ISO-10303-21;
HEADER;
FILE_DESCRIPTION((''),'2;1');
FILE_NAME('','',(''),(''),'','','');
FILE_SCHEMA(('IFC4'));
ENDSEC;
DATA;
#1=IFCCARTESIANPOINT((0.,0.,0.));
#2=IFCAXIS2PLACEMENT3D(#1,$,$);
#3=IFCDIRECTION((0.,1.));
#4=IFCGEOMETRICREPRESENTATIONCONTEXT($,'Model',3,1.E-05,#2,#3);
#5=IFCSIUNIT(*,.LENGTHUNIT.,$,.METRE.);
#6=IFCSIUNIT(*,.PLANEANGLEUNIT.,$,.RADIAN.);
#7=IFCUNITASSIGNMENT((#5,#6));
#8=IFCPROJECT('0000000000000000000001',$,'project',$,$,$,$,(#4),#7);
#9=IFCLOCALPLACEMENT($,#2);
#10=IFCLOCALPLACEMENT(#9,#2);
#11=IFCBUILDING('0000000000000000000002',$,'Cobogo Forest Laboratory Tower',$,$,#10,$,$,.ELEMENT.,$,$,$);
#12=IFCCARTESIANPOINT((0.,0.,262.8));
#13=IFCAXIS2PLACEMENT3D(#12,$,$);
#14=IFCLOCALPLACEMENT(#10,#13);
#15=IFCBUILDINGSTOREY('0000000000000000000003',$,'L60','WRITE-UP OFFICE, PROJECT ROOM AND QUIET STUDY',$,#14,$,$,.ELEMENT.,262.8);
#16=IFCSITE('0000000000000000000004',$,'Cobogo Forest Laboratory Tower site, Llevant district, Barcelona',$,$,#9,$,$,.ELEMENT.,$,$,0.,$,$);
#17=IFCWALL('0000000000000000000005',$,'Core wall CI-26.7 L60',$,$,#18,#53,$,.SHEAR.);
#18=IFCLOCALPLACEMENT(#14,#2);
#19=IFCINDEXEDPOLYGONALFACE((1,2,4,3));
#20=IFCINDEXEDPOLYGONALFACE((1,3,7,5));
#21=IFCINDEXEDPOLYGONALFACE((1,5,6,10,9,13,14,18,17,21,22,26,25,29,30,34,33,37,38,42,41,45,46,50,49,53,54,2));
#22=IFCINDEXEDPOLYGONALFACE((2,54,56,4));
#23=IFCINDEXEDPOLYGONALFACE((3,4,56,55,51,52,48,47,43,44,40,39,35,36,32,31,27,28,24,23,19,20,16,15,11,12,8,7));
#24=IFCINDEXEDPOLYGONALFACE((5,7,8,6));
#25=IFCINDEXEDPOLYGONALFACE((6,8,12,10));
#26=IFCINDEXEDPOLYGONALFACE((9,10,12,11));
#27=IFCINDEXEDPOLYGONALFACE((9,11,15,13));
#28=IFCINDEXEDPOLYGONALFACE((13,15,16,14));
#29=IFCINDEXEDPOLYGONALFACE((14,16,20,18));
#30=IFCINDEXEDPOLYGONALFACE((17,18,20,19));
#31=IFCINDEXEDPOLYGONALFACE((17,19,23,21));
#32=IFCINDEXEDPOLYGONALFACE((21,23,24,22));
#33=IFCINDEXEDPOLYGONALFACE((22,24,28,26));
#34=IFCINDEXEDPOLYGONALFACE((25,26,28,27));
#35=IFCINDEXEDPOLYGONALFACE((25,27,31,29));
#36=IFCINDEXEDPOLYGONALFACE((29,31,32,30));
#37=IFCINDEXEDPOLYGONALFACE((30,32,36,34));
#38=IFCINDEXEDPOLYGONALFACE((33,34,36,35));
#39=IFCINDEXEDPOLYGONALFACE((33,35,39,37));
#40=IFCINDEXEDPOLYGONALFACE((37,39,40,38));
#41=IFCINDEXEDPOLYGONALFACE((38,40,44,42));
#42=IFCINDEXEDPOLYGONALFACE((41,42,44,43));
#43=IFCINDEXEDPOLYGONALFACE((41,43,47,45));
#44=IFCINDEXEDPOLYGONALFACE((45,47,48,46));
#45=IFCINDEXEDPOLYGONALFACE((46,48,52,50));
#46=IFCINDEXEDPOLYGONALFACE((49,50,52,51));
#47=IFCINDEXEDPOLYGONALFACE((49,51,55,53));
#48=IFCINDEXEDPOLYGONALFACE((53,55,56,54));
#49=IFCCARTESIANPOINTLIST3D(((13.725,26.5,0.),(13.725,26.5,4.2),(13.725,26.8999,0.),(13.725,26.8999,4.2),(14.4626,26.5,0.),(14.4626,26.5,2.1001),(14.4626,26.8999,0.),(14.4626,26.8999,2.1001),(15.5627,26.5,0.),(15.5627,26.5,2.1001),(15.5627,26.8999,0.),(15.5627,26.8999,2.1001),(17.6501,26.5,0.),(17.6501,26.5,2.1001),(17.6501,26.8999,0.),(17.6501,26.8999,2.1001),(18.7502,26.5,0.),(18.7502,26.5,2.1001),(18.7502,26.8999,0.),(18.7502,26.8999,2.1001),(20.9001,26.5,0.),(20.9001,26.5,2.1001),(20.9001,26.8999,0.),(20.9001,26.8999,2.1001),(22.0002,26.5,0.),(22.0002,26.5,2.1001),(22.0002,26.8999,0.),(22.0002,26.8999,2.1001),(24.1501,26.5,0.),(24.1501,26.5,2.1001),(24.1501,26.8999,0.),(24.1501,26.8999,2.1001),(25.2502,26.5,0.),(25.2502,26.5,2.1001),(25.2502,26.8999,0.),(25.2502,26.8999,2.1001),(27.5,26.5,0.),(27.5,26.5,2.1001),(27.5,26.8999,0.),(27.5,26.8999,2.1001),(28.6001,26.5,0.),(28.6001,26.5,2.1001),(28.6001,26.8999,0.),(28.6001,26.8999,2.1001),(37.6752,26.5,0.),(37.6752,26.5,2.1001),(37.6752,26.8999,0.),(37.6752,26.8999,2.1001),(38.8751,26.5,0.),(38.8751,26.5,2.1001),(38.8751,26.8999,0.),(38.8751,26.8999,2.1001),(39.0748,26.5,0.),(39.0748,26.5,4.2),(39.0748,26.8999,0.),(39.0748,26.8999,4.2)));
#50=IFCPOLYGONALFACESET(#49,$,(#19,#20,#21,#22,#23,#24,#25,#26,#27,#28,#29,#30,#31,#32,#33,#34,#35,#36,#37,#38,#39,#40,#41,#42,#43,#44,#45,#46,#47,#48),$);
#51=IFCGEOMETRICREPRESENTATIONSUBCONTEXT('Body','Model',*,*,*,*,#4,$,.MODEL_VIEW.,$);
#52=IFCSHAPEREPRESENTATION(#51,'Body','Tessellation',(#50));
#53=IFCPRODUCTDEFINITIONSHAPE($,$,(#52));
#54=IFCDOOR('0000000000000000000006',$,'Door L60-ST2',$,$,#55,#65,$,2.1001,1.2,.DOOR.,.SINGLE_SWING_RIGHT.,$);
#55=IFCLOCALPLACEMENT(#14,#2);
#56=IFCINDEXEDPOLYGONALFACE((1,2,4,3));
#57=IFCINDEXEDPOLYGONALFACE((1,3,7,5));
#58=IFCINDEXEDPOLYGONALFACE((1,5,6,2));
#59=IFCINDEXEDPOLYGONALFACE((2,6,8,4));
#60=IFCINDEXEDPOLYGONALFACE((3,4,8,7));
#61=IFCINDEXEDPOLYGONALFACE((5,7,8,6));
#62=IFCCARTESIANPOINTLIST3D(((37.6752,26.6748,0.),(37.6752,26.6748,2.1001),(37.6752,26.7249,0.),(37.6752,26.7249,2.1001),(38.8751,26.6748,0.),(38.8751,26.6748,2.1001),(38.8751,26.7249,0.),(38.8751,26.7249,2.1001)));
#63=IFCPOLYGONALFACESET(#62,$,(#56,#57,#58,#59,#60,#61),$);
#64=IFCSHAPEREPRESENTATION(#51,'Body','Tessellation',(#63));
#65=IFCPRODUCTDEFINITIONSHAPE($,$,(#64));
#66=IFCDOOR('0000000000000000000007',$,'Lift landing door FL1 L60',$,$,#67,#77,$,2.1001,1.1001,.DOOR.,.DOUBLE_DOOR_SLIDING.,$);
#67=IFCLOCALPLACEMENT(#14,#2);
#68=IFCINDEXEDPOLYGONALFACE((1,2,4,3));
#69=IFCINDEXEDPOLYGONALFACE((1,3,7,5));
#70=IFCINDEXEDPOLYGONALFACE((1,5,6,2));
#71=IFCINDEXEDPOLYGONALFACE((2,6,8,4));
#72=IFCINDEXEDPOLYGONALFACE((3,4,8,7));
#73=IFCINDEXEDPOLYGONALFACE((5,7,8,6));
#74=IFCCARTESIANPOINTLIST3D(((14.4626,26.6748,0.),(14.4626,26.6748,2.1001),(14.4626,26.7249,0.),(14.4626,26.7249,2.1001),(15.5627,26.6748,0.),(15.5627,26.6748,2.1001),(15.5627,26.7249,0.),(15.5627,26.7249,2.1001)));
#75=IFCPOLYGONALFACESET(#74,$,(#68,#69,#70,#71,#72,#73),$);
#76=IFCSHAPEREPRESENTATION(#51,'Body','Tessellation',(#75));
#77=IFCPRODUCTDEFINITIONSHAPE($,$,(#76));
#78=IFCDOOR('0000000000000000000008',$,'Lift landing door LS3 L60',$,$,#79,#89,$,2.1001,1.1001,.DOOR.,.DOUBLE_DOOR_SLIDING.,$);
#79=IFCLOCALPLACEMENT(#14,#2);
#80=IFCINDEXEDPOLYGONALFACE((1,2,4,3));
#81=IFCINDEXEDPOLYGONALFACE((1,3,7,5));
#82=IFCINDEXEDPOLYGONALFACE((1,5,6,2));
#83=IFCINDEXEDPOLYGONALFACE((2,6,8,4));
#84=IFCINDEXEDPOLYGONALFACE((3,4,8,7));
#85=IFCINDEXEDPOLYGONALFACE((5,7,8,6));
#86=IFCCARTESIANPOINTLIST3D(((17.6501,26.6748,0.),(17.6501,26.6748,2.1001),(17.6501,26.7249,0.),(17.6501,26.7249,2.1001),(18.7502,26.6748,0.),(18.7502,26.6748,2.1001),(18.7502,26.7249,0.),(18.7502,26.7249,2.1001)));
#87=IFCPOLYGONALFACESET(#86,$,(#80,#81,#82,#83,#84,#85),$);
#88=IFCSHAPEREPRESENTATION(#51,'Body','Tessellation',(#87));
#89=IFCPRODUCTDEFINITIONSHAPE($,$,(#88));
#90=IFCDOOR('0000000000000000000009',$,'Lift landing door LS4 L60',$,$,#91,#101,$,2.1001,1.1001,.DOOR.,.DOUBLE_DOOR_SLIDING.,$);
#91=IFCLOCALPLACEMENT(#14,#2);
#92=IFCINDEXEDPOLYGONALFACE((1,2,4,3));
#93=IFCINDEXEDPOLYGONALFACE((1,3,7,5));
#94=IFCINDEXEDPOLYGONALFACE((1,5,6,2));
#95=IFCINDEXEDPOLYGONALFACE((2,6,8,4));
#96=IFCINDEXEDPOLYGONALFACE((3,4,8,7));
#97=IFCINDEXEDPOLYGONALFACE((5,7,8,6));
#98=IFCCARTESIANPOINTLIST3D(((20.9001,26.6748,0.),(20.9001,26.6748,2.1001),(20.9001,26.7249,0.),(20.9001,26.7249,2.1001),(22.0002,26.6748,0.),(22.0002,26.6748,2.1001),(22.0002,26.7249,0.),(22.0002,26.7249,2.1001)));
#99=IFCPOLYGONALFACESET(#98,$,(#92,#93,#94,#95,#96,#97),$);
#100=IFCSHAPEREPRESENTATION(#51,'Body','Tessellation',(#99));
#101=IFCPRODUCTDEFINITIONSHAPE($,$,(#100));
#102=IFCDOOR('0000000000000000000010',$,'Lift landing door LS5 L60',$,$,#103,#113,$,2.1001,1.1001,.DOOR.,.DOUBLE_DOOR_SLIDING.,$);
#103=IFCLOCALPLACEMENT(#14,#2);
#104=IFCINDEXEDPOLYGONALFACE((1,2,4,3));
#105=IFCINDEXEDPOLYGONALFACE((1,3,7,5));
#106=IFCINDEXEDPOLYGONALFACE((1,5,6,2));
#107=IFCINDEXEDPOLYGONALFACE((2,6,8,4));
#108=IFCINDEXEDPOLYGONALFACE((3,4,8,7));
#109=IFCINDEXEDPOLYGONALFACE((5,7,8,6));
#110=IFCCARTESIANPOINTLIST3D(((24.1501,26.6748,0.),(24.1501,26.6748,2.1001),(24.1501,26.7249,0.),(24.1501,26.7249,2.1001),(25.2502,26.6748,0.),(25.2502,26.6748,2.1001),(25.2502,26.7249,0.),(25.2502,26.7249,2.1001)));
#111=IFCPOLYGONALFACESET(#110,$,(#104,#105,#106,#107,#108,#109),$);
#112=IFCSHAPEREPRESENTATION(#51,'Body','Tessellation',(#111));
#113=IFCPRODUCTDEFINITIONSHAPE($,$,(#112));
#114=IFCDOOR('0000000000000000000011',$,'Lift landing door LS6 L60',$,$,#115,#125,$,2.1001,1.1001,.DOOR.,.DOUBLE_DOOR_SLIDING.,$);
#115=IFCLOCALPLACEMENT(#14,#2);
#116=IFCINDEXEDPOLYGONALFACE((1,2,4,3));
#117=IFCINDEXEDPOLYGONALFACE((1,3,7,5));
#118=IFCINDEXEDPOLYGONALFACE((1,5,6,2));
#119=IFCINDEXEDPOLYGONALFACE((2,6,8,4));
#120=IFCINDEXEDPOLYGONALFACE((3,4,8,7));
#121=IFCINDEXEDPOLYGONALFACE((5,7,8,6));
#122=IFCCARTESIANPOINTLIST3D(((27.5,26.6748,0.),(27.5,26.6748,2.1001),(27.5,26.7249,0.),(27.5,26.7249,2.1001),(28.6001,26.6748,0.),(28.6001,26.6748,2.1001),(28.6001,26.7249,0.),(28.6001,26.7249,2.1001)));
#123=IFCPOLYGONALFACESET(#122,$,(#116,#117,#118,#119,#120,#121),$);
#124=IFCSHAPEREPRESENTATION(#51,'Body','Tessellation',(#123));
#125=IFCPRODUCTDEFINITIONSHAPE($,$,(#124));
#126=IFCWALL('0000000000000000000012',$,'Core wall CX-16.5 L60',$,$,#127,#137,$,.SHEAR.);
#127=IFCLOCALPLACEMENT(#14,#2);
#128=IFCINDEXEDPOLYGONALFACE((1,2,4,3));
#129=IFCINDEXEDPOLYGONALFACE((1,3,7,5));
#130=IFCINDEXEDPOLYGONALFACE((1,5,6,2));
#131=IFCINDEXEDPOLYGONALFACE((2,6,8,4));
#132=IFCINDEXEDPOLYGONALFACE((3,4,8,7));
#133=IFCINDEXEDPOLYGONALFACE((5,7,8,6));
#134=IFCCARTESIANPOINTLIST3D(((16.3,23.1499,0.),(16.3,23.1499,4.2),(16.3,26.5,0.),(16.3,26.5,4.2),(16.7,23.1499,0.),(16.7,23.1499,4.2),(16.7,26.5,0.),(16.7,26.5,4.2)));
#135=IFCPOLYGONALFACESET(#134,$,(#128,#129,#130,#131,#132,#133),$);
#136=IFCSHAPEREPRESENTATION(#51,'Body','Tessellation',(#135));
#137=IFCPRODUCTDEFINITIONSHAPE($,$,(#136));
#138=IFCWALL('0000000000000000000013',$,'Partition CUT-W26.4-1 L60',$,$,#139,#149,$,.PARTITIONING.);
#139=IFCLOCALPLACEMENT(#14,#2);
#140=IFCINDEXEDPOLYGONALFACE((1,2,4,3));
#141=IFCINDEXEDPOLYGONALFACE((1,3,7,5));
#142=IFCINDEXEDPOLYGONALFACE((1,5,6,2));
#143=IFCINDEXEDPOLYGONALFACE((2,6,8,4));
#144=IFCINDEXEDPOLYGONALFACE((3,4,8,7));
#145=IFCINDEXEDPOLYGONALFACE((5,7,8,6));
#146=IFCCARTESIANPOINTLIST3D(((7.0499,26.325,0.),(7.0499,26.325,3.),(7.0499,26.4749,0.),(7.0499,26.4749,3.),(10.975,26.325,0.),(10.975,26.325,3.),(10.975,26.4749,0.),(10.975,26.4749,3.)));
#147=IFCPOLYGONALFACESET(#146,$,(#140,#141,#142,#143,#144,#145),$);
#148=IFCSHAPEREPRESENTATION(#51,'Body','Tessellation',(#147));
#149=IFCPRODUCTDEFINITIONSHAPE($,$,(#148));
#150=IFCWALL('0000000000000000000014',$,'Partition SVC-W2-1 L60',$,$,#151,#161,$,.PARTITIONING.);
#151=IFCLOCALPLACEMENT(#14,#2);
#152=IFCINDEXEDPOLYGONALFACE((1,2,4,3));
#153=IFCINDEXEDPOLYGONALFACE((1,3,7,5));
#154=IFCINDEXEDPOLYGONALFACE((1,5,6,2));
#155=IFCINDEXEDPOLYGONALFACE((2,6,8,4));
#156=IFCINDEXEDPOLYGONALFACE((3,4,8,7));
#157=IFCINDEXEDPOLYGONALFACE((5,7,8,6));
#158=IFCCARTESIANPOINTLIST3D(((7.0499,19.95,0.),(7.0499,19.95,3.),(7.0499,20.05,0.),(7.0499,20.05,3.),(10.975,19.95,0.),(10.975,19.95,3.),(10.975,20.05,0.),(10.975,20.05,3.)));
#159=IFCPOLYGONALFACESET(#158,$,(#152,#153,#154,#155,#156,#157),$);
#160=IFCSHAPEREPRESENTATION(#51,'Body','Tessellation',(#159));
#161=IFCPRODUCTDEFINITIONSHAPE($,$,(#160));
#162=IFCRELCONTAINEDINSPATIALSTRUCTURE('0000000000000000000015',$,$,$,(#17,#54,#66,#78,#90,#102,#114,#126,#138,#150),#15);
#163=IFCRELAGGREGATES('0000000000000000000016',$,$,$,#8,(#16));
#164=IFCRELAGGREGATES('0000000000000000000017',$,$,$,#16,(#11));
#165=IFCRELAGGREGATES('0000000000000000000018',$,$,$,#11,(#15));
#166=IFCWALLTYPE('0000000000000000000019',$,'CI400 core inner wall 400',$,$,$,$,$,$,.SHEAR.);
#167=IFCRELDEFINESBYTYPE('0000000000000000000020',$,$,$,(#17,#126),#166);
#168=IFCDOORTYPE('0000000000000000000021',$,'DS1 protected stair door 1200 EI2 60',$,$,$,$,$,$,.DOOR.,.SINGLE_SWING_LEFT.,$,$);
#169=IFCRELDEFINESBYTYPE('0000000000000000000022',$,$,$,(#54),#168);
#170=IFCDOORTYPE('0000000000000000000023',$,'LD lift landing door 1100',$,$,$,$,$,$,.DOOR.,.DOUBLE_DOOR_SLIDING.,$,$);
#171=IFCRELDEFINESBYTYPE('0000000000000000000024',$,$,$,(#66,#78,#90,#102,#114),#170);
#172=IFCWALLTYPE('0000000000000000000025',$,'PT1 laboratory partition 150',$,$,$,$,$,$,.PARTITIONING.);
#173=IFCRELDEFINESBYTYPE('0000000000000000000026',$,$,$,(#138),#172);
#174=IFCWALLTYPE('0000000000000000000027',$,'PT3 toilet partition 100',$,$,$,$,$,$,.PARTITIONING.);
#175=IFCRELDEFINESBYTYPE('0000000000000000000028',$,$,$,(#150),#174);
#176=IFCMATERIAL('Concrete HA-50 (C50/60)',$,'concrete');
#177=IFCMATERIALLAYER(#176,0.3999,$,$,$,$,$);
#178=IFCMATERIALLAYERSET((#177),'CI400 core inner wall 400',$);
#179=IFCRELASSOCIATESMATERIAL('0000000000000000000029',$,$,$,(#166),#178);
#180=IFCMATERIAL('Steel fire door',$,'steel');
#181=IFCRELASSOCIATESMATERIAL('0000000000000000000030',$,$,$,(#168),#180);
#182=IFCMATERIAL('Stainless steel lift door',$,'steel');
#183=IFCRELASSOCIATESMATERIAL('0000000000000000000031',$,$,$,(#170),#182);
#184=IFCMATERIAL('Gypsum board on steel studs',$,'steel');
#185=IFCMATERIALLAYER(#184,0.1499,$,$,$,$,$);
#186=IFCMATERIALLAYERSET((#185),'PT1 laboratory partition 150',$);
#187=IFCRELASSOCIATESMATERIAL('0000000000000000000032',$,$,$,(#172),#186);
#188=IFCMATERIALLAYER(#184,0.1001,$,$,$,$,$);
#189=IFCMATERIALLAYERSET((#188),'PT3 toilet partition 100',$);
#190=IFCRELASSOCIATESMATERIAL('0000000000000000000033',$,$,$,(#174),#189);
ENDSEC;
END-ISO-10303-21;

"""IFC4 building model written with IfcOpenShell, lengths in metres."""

from ifc_helpers import new_model, si_unit, direction, frame, frame_2d, origin, place, context, subcontext, project, spatial, rectangle, extrude, material, layer, layer_set, type_object, element, fill, save


model = new_model("IFC4")

# Units and contexts
model_context = context("Model", 3, precision=1e-05, world=origin(), true_north=direction((0.0, 1.0)))
body_context = subcontext(model_context, "Body", "Model", "MODEL_VIEW")
ifc_project = project(units=[si_unit("LENGTHUNIT", "METRE"), si_unit("PLANEANGLEUNIT", "RADIAN")], contexts=[model_context])

# Site, building, storey
site_placement = place(None, origin())
site = spatial("IfcSite", under=ifc_project, at=site_placement, Name="Cobogo Forest Laboratory Tower site, Llevant district, Barcelona", CompositionType="ELEMENT", RefElevation=0.0)
building_placement = place(site_placement, origin())
building = spatial("IfcBuilding", under=site, at=building_placement, Name="Cobogo Forest Laboratory Tower", CompositionType="ELEMENT")
storey_placement = place(building_placement, frame((0.0, 0.0, 262.8)))
storey = spatial("IfcBuildingStorey", under=building, at=storey_placement, Name="L60", Description="WRITE-UP OFFICE, PROJECT ROOM AND QUIET STUDY", CompositionType="ELEMENT", Elevation=262.8)

# Shared definitions
ifc_material_1 = material(Name="Concrete HA-50 (C50/60)", Category="concrete")

# Shared definitions
ifc_layer_1 = layer(ifc_material_1, 0.3999)
ifc_layer_set_1 = layer_set([ifc_layer_1], Name="CI400 core inner wall 400")
wall_type_1 = type_object("IfcWallType", Name="CI400 core inner wall 400", PredefinedType="SHEAR", material=ifc_layer_set_1)

# Wall, openings, doors
wall_1_placement = place(storey_placement, frame((13.7251, 26.7, 0.0), z_axis=(0.0, 0.0, 1.0), x_axis=(1.0, 0.0, 0.0)))
wall_1 = element("IfcWall", 1, at=wall_1_placement, inside=storey, type_object=wall_type_1, Name="Core wall CI-26.7 L60", PredefinedType="SHEAR", context=body_context, shape_type="SweptSolid", body=[
    extrude(rectangle(XDim=25.3499, YDim=0.3999, at=frame_2d((12.6748, 0.0))), origin(), (0.0, 0.0, 1.0), 4.2),
])
opening_1_placement = place(wall_1_placement, frame((23.95, 0.0, 0.0)))
opening_1 = element("IfcOpeningElement", 2, at=opening_1_placement, cuts=wall_1, PredefinedType="OPENING", context=body_context, shape_type="SweptSolid", body=[
    extrude(rectangle(XDim=1.2, YDim=2.1001, at=frame_2d((0.6001, 1.05))), frame((0.0, 0.21, 0.0), z_axis=(0.0, -1.0, 0.0), x_axis=(1.0, 0.0, 0.0)), (0.0, 0.0, 1.0), 0.4199),
])
opening_2_placement = place(wall_1_placement, frame((0.7375, 0.0, 0.0)))
opening_2 = element("IfcOpeningElement", 3, at=opening_2_placement, cuts=wall_1, PredefinedType="OPENING", context=body_context, shape_type="SweptSolid", body=[
    extrude(rectangle(XDim=1.1001, YDim=2.1001, at=frame_2d((0.55, 1.05))), frame((0.0, 0.21, 0.0), z_axis=(0.0, -1.0, 0.0), x_axis=(1.0, 0.0, 0.0)), (0.0, 0.0, 1.0), 0.4199),
])
opening_3_placement = place(wall_1_placement, frame((3.925, 0.0, 0.0)))
opening_3 = element("IfcOpeningElement", 4, at=opening_3_placement, cuts=wall_1, PredefinedType="OPENING", context=body_context, shape_type="SweptSolid", body=[
    extrude(rectangle(XDim=1.1001, YDim=2.1001, at=frame_2d((0.55, 1.05))), frame((0.0, 0.21, 0.0), z_axis=(0.0, -1.0, 0.0), x_axis=(1.0, 0.0, 0.0)), (0.0, 0.0, 1.0), 0.4199),
])
opening_4_placement = place(wall_1_placement, frame((7.175, 0.0, 0.0)))
opening_4 = element("IfcOpeningElement", 5, at=opening_4_placement, cuts=wall_1, PredefinedType="OPENING", context=body_context, shape_type="SweptSolid", body=[
    extrude(rectangle(XDim=1.1001, YDim=2.1001, at=frame_2d((0.55, 1.05))), frame((0.0, 0.21, 0.0), z_axis=(0.0, -1.0, 0.0), x_axis=(1.0, 0.0, 0.0)), (0.0, 0.0, 1.0), 0.4199),
])
opening_5_placement = place(wall_1_placement, frame((10.425, 0.0, 0.0)))
opening_5 = element("IfcOpeningElement", 6, at=opening_5_placement, cuts=wall_1, PredefinedType="OPENING", context=body_context, shape_type="SweptSolid", body=[
    extrude(rectangle(XDim=1.1001, YDim=2.1001, at=frame_2d((0.55, 1.05))), frame((0.0, 0.21, 0.0), z_axis=(0.0, -1.0, 0.0), x_axis=(1.0, 0.0, 0.0)), (0.0, 0.0, 1.0), 0.4199),
])
opening_6_placement = place(wall_1_placement, frame((13.7749, 0.0, 0.0)))
opening_6 = element("IfcOpeningElement", 7, at=opening_6_placement, cuts=wall_1, PredefinedType="OPENING", context=body_context, shape_type="SweptSolid", body=[
    extrude(rectangle(XDim=1.1001, YDim=2.1001, at=frame_2d((0.55, 1.05))), frame((0.0, 0.21, 0.0), z_axis=(0.0, -1.0, 0.0), x_axis=(1.0, 0.0, 0.0)), (0.0, 0.0, 1.0), 0.4199),
])
ifc_material_2 = material(Name="Steel fire door", Category="steel")
door_type_1 = type_object("IfcDoorType", Name="DS1 protected stair door 1200 EI2 60", OperationType="SINGLE_SWING_LEFT", PredefinedType="DOOR", material=ifc_material_2)
door_1_placement = place(opening_1_placement, origin())
door_1 = element("IfcDoor", 8, at=door_1_placement, inside=storey, type_object=door_type_1, Name="Door L60-ST2", OperationType="SINGLE_SWING_RIGHT", OverallHeight=2.1001, OverallWidth=1.2, PredefinedType="DOOR", context=body_context, shape_type="SweptSolid", body=[
    extrude(rectangle(XDim=1.2, YDim=2.1001, at=frame_2d((0.6001, 1.05))), frame((0.0, 0.0249, 0.0), z_axis=(0.0, -1.0, 0.0), x_axis=(1.0, 0.0, 0.0)), (0.0, 0.0, 1.0), 0.05),
])
fill(opening_1, door_1)
ifc_material_3 = material(Name="Stainless steel lift door", Category="steel")
door_type_2 = type_object("IfcDoorType", Name="LD lift landing door 1100", OperationType="DOUBLE_DOOR_SLIDING", PredefinedType="DOOR", material=ifc_material_3)
door_2_placement = place(opening_2_placement, origin())
door_2 = element("IfcDoor", 9, at=door_2_placement, inside=storey, type_object=door_type_2, Name="Lift landing door FL1 L60", OperationType="DOUBLE_DOOR_SLIDING", OverallHeight=2.1001, OverallWidth=1.1001, PredefinedType="DOOR", context=body_context, shape_type="SweptSolid", body=[
    extrude(rectangle(XDim=1.1001, YDim=2.1001, at=frame_2d((0.55, 1.05))), frame((0.0, 0.0249, 0.0), z_axis=(0.0, -1.0, 0.0), x_axis=(1.0, 0.0, 0.0)), (0.0, 0.0, 1.0), 0.05),
])
fill(opening_2, door_2)
door_3_placement = place(opening_3_placement, origin())
door_3 = element("IfcDoor", 10, at=door_3_placement, inside=storey, type_object=door_type_2, Name="Lift landing door LS3 L60", OperationType="DOUBLE_DOOR_SLIDING", OverallHeight=2.1001, OverallWidth=1.1001, PredefinedType="DOOR", context=body_context, shape_type="SweptSolid", body=[
    extrude(rectangle(XDim=1.1001, YDim=2.1001, at=frame_2d((0.55, 1.05))), frame((0.0, 0.0249, 0.0), z_axis=(0.0, -1.0, 0.0), x_axis=(1.0, 0.0, 0.0)), (0.0, 0.0, 1.0), 0.05),
])
fill(opening_3, door_3)
door_4_placement = place(opening_4_placement, origin())
door_4 = element("IfcDoor", 11, at=door_4_placement, inside=storey, type_object=door_type_2, Name="Lift landing door LS4 L60", OperationType="DOUBLE_DOOR_SLIDING", OverallHeight=2.1001, OverallWidth=1.1001, PredefinedType="DOOR", context=body_context, shape_type="SweptSolid", body=[
    extrude(rectangle(XDim=1.1001, YDim=2.1001, at=frame_2d((0.55, 1.05))), frame((0.0, 0.0249, 0.0), z_axis=(0.0, -1.0, 0.0), x_axis=(1.0, 0.0, 0.0)), (0.0, 0.0, 1.0), 0.05),
])
fill(opening_4, door_4)
door_5_placement = place(opening_5_placement, origin())
door_5 = element("IfcDoor", 12, at=door_5_placement, inside=storey, type_object=door_type_2, Name="Lift landing door LS5 L60", OperationType="DOUBLE_DOOR_SLIDING", OverallHeight=2.1001, OverallWidth=1.1001, PredefinedType="DOOR", context=body_context, shape_type="SweptSolid", body=[
    extrude(rectangle(XDim=1.1001, YDim=2.1001, at=frame_2d((0.55, 1.05))), frame((0.0, 0.0249, 0.0), z_axis=(0.0, -1.0, 0.0), x_axis=(1.0, 0.0, 0.0)), (0.0, 0.0, 1.0), 0.05),
])
fill(opening_5, door_5)
door_6_placement = place(opening_6_placement, origin())
door_6 = element("IfcDoor", 13, at=door_6_placement, inside=storey, type_object=door_type_2, Name="Lift landing door LS6 L60", OperationType="DOUBLE_DOOR_SLIDING", OverallHeight=2.1001, OverallWidth=1.1001, PredefinedType="DOOR", context=body_context, shape_type="SweptSolid", body=[
    extrude(rectangle(XDim=1.1001, YDim=2.1001, at=frame_2d((0.55, 1.05))), frame((0.0, 0.0249, 0.0), z_axis=(0.0, -1.0, 0.0), x_axis=(1.0, 0.0, 0.0)), (0.0, 0.0, 1.0), 0.05),
])
fill(opening_6, door_6)

# Walls
wall_2_placement = place(storey_placement, frame((16.5, 23.1499, 0.0), z_axis=(0.0, 0.0, 1.0), x_axis=(0.0, 1.0, 0.0)))
element("IfcWall", 14, at=wall_2_placement, inside=storey, type_object=wall_type_1, Name="Core wall CX-16.5 L60", PredefinedType="SHEAR", context=body_context, shape_type="SweptSolid", body=[
    extrude(rectangle(XDim=3.3501, YDim=0.3999, at=frame_2d((1.675, 0.0))), origin(), (0.0, 0.0, 1.0), 4.2),
])
ifc_material_4 = material(Name="Gypsum board on steel studs", Category="steel")
ifc_layer_2 = layer(ifc_material_4, 0.1499)
ifc_layer_set_2 = layer_set([ifc_layer_2], Name="PT1 laboratory partition 150")
wall_type_2 = type_object("IfcWallType", Name="PT1 laboratory partition 150", PredefinedType="PARTITIONING", material=ifc_layer_set_2)
wall_3_placement = place(storey_placement, frame((7.05, 26.3999, 0.0), z_axis=(0.0, 0.0, 1.0), x_axis=(1.0, 0.0, 0.0)))
element("IfcWall", 15, at=wall_3_placement, inside=storey, type_object=wall_type_2, Name="Partition CUT-W26.4-1 L60", PredefinedType="PARTITIONING", context=body_context, shape_type="SweptSolid", body=[
    extrude(rectangle(XDim=3.925, YDim=0.1499, at=frame_2d((1.9624, 0.0))), origin(), (0.0, 0.0, 1.0), 3.0),
])
ifc_layer_3 = layer(ifc_material_4, 0.1001)
ifc_layer_set_3 = layer_set([ifc_layer_3], Name="PT3 toilet partition 100")
wall_type_3 = type_object("IfcWallType", Name="PT3 toilet partition 100", PredefinedType="PARTITIONING", material=ifc_layer_set_3)
wall_4_placement = place(storey_placement, frame((7.05, 20.0, 0.0), z_axis=(0.0, 0.0, 1.0), x_axis=(1.0, 0.0, 0.0)))
element("IfcWall", 16, at=wall_4_placement, inside=storey, type_object=wall_type_3, Name="Partition SVC-W2-1 L60", PredefinedType="PARTITIONING", context=body_context, shape_type="SweptSolid", body=[
    extrude(rectangle(XDim=3.925, YDim=0.1001, at=frame_2d((1.9624, 0.0))), origin(), (0.0, 0.0, 1.0), 3.0),
])

save(model, "model.ifc")
